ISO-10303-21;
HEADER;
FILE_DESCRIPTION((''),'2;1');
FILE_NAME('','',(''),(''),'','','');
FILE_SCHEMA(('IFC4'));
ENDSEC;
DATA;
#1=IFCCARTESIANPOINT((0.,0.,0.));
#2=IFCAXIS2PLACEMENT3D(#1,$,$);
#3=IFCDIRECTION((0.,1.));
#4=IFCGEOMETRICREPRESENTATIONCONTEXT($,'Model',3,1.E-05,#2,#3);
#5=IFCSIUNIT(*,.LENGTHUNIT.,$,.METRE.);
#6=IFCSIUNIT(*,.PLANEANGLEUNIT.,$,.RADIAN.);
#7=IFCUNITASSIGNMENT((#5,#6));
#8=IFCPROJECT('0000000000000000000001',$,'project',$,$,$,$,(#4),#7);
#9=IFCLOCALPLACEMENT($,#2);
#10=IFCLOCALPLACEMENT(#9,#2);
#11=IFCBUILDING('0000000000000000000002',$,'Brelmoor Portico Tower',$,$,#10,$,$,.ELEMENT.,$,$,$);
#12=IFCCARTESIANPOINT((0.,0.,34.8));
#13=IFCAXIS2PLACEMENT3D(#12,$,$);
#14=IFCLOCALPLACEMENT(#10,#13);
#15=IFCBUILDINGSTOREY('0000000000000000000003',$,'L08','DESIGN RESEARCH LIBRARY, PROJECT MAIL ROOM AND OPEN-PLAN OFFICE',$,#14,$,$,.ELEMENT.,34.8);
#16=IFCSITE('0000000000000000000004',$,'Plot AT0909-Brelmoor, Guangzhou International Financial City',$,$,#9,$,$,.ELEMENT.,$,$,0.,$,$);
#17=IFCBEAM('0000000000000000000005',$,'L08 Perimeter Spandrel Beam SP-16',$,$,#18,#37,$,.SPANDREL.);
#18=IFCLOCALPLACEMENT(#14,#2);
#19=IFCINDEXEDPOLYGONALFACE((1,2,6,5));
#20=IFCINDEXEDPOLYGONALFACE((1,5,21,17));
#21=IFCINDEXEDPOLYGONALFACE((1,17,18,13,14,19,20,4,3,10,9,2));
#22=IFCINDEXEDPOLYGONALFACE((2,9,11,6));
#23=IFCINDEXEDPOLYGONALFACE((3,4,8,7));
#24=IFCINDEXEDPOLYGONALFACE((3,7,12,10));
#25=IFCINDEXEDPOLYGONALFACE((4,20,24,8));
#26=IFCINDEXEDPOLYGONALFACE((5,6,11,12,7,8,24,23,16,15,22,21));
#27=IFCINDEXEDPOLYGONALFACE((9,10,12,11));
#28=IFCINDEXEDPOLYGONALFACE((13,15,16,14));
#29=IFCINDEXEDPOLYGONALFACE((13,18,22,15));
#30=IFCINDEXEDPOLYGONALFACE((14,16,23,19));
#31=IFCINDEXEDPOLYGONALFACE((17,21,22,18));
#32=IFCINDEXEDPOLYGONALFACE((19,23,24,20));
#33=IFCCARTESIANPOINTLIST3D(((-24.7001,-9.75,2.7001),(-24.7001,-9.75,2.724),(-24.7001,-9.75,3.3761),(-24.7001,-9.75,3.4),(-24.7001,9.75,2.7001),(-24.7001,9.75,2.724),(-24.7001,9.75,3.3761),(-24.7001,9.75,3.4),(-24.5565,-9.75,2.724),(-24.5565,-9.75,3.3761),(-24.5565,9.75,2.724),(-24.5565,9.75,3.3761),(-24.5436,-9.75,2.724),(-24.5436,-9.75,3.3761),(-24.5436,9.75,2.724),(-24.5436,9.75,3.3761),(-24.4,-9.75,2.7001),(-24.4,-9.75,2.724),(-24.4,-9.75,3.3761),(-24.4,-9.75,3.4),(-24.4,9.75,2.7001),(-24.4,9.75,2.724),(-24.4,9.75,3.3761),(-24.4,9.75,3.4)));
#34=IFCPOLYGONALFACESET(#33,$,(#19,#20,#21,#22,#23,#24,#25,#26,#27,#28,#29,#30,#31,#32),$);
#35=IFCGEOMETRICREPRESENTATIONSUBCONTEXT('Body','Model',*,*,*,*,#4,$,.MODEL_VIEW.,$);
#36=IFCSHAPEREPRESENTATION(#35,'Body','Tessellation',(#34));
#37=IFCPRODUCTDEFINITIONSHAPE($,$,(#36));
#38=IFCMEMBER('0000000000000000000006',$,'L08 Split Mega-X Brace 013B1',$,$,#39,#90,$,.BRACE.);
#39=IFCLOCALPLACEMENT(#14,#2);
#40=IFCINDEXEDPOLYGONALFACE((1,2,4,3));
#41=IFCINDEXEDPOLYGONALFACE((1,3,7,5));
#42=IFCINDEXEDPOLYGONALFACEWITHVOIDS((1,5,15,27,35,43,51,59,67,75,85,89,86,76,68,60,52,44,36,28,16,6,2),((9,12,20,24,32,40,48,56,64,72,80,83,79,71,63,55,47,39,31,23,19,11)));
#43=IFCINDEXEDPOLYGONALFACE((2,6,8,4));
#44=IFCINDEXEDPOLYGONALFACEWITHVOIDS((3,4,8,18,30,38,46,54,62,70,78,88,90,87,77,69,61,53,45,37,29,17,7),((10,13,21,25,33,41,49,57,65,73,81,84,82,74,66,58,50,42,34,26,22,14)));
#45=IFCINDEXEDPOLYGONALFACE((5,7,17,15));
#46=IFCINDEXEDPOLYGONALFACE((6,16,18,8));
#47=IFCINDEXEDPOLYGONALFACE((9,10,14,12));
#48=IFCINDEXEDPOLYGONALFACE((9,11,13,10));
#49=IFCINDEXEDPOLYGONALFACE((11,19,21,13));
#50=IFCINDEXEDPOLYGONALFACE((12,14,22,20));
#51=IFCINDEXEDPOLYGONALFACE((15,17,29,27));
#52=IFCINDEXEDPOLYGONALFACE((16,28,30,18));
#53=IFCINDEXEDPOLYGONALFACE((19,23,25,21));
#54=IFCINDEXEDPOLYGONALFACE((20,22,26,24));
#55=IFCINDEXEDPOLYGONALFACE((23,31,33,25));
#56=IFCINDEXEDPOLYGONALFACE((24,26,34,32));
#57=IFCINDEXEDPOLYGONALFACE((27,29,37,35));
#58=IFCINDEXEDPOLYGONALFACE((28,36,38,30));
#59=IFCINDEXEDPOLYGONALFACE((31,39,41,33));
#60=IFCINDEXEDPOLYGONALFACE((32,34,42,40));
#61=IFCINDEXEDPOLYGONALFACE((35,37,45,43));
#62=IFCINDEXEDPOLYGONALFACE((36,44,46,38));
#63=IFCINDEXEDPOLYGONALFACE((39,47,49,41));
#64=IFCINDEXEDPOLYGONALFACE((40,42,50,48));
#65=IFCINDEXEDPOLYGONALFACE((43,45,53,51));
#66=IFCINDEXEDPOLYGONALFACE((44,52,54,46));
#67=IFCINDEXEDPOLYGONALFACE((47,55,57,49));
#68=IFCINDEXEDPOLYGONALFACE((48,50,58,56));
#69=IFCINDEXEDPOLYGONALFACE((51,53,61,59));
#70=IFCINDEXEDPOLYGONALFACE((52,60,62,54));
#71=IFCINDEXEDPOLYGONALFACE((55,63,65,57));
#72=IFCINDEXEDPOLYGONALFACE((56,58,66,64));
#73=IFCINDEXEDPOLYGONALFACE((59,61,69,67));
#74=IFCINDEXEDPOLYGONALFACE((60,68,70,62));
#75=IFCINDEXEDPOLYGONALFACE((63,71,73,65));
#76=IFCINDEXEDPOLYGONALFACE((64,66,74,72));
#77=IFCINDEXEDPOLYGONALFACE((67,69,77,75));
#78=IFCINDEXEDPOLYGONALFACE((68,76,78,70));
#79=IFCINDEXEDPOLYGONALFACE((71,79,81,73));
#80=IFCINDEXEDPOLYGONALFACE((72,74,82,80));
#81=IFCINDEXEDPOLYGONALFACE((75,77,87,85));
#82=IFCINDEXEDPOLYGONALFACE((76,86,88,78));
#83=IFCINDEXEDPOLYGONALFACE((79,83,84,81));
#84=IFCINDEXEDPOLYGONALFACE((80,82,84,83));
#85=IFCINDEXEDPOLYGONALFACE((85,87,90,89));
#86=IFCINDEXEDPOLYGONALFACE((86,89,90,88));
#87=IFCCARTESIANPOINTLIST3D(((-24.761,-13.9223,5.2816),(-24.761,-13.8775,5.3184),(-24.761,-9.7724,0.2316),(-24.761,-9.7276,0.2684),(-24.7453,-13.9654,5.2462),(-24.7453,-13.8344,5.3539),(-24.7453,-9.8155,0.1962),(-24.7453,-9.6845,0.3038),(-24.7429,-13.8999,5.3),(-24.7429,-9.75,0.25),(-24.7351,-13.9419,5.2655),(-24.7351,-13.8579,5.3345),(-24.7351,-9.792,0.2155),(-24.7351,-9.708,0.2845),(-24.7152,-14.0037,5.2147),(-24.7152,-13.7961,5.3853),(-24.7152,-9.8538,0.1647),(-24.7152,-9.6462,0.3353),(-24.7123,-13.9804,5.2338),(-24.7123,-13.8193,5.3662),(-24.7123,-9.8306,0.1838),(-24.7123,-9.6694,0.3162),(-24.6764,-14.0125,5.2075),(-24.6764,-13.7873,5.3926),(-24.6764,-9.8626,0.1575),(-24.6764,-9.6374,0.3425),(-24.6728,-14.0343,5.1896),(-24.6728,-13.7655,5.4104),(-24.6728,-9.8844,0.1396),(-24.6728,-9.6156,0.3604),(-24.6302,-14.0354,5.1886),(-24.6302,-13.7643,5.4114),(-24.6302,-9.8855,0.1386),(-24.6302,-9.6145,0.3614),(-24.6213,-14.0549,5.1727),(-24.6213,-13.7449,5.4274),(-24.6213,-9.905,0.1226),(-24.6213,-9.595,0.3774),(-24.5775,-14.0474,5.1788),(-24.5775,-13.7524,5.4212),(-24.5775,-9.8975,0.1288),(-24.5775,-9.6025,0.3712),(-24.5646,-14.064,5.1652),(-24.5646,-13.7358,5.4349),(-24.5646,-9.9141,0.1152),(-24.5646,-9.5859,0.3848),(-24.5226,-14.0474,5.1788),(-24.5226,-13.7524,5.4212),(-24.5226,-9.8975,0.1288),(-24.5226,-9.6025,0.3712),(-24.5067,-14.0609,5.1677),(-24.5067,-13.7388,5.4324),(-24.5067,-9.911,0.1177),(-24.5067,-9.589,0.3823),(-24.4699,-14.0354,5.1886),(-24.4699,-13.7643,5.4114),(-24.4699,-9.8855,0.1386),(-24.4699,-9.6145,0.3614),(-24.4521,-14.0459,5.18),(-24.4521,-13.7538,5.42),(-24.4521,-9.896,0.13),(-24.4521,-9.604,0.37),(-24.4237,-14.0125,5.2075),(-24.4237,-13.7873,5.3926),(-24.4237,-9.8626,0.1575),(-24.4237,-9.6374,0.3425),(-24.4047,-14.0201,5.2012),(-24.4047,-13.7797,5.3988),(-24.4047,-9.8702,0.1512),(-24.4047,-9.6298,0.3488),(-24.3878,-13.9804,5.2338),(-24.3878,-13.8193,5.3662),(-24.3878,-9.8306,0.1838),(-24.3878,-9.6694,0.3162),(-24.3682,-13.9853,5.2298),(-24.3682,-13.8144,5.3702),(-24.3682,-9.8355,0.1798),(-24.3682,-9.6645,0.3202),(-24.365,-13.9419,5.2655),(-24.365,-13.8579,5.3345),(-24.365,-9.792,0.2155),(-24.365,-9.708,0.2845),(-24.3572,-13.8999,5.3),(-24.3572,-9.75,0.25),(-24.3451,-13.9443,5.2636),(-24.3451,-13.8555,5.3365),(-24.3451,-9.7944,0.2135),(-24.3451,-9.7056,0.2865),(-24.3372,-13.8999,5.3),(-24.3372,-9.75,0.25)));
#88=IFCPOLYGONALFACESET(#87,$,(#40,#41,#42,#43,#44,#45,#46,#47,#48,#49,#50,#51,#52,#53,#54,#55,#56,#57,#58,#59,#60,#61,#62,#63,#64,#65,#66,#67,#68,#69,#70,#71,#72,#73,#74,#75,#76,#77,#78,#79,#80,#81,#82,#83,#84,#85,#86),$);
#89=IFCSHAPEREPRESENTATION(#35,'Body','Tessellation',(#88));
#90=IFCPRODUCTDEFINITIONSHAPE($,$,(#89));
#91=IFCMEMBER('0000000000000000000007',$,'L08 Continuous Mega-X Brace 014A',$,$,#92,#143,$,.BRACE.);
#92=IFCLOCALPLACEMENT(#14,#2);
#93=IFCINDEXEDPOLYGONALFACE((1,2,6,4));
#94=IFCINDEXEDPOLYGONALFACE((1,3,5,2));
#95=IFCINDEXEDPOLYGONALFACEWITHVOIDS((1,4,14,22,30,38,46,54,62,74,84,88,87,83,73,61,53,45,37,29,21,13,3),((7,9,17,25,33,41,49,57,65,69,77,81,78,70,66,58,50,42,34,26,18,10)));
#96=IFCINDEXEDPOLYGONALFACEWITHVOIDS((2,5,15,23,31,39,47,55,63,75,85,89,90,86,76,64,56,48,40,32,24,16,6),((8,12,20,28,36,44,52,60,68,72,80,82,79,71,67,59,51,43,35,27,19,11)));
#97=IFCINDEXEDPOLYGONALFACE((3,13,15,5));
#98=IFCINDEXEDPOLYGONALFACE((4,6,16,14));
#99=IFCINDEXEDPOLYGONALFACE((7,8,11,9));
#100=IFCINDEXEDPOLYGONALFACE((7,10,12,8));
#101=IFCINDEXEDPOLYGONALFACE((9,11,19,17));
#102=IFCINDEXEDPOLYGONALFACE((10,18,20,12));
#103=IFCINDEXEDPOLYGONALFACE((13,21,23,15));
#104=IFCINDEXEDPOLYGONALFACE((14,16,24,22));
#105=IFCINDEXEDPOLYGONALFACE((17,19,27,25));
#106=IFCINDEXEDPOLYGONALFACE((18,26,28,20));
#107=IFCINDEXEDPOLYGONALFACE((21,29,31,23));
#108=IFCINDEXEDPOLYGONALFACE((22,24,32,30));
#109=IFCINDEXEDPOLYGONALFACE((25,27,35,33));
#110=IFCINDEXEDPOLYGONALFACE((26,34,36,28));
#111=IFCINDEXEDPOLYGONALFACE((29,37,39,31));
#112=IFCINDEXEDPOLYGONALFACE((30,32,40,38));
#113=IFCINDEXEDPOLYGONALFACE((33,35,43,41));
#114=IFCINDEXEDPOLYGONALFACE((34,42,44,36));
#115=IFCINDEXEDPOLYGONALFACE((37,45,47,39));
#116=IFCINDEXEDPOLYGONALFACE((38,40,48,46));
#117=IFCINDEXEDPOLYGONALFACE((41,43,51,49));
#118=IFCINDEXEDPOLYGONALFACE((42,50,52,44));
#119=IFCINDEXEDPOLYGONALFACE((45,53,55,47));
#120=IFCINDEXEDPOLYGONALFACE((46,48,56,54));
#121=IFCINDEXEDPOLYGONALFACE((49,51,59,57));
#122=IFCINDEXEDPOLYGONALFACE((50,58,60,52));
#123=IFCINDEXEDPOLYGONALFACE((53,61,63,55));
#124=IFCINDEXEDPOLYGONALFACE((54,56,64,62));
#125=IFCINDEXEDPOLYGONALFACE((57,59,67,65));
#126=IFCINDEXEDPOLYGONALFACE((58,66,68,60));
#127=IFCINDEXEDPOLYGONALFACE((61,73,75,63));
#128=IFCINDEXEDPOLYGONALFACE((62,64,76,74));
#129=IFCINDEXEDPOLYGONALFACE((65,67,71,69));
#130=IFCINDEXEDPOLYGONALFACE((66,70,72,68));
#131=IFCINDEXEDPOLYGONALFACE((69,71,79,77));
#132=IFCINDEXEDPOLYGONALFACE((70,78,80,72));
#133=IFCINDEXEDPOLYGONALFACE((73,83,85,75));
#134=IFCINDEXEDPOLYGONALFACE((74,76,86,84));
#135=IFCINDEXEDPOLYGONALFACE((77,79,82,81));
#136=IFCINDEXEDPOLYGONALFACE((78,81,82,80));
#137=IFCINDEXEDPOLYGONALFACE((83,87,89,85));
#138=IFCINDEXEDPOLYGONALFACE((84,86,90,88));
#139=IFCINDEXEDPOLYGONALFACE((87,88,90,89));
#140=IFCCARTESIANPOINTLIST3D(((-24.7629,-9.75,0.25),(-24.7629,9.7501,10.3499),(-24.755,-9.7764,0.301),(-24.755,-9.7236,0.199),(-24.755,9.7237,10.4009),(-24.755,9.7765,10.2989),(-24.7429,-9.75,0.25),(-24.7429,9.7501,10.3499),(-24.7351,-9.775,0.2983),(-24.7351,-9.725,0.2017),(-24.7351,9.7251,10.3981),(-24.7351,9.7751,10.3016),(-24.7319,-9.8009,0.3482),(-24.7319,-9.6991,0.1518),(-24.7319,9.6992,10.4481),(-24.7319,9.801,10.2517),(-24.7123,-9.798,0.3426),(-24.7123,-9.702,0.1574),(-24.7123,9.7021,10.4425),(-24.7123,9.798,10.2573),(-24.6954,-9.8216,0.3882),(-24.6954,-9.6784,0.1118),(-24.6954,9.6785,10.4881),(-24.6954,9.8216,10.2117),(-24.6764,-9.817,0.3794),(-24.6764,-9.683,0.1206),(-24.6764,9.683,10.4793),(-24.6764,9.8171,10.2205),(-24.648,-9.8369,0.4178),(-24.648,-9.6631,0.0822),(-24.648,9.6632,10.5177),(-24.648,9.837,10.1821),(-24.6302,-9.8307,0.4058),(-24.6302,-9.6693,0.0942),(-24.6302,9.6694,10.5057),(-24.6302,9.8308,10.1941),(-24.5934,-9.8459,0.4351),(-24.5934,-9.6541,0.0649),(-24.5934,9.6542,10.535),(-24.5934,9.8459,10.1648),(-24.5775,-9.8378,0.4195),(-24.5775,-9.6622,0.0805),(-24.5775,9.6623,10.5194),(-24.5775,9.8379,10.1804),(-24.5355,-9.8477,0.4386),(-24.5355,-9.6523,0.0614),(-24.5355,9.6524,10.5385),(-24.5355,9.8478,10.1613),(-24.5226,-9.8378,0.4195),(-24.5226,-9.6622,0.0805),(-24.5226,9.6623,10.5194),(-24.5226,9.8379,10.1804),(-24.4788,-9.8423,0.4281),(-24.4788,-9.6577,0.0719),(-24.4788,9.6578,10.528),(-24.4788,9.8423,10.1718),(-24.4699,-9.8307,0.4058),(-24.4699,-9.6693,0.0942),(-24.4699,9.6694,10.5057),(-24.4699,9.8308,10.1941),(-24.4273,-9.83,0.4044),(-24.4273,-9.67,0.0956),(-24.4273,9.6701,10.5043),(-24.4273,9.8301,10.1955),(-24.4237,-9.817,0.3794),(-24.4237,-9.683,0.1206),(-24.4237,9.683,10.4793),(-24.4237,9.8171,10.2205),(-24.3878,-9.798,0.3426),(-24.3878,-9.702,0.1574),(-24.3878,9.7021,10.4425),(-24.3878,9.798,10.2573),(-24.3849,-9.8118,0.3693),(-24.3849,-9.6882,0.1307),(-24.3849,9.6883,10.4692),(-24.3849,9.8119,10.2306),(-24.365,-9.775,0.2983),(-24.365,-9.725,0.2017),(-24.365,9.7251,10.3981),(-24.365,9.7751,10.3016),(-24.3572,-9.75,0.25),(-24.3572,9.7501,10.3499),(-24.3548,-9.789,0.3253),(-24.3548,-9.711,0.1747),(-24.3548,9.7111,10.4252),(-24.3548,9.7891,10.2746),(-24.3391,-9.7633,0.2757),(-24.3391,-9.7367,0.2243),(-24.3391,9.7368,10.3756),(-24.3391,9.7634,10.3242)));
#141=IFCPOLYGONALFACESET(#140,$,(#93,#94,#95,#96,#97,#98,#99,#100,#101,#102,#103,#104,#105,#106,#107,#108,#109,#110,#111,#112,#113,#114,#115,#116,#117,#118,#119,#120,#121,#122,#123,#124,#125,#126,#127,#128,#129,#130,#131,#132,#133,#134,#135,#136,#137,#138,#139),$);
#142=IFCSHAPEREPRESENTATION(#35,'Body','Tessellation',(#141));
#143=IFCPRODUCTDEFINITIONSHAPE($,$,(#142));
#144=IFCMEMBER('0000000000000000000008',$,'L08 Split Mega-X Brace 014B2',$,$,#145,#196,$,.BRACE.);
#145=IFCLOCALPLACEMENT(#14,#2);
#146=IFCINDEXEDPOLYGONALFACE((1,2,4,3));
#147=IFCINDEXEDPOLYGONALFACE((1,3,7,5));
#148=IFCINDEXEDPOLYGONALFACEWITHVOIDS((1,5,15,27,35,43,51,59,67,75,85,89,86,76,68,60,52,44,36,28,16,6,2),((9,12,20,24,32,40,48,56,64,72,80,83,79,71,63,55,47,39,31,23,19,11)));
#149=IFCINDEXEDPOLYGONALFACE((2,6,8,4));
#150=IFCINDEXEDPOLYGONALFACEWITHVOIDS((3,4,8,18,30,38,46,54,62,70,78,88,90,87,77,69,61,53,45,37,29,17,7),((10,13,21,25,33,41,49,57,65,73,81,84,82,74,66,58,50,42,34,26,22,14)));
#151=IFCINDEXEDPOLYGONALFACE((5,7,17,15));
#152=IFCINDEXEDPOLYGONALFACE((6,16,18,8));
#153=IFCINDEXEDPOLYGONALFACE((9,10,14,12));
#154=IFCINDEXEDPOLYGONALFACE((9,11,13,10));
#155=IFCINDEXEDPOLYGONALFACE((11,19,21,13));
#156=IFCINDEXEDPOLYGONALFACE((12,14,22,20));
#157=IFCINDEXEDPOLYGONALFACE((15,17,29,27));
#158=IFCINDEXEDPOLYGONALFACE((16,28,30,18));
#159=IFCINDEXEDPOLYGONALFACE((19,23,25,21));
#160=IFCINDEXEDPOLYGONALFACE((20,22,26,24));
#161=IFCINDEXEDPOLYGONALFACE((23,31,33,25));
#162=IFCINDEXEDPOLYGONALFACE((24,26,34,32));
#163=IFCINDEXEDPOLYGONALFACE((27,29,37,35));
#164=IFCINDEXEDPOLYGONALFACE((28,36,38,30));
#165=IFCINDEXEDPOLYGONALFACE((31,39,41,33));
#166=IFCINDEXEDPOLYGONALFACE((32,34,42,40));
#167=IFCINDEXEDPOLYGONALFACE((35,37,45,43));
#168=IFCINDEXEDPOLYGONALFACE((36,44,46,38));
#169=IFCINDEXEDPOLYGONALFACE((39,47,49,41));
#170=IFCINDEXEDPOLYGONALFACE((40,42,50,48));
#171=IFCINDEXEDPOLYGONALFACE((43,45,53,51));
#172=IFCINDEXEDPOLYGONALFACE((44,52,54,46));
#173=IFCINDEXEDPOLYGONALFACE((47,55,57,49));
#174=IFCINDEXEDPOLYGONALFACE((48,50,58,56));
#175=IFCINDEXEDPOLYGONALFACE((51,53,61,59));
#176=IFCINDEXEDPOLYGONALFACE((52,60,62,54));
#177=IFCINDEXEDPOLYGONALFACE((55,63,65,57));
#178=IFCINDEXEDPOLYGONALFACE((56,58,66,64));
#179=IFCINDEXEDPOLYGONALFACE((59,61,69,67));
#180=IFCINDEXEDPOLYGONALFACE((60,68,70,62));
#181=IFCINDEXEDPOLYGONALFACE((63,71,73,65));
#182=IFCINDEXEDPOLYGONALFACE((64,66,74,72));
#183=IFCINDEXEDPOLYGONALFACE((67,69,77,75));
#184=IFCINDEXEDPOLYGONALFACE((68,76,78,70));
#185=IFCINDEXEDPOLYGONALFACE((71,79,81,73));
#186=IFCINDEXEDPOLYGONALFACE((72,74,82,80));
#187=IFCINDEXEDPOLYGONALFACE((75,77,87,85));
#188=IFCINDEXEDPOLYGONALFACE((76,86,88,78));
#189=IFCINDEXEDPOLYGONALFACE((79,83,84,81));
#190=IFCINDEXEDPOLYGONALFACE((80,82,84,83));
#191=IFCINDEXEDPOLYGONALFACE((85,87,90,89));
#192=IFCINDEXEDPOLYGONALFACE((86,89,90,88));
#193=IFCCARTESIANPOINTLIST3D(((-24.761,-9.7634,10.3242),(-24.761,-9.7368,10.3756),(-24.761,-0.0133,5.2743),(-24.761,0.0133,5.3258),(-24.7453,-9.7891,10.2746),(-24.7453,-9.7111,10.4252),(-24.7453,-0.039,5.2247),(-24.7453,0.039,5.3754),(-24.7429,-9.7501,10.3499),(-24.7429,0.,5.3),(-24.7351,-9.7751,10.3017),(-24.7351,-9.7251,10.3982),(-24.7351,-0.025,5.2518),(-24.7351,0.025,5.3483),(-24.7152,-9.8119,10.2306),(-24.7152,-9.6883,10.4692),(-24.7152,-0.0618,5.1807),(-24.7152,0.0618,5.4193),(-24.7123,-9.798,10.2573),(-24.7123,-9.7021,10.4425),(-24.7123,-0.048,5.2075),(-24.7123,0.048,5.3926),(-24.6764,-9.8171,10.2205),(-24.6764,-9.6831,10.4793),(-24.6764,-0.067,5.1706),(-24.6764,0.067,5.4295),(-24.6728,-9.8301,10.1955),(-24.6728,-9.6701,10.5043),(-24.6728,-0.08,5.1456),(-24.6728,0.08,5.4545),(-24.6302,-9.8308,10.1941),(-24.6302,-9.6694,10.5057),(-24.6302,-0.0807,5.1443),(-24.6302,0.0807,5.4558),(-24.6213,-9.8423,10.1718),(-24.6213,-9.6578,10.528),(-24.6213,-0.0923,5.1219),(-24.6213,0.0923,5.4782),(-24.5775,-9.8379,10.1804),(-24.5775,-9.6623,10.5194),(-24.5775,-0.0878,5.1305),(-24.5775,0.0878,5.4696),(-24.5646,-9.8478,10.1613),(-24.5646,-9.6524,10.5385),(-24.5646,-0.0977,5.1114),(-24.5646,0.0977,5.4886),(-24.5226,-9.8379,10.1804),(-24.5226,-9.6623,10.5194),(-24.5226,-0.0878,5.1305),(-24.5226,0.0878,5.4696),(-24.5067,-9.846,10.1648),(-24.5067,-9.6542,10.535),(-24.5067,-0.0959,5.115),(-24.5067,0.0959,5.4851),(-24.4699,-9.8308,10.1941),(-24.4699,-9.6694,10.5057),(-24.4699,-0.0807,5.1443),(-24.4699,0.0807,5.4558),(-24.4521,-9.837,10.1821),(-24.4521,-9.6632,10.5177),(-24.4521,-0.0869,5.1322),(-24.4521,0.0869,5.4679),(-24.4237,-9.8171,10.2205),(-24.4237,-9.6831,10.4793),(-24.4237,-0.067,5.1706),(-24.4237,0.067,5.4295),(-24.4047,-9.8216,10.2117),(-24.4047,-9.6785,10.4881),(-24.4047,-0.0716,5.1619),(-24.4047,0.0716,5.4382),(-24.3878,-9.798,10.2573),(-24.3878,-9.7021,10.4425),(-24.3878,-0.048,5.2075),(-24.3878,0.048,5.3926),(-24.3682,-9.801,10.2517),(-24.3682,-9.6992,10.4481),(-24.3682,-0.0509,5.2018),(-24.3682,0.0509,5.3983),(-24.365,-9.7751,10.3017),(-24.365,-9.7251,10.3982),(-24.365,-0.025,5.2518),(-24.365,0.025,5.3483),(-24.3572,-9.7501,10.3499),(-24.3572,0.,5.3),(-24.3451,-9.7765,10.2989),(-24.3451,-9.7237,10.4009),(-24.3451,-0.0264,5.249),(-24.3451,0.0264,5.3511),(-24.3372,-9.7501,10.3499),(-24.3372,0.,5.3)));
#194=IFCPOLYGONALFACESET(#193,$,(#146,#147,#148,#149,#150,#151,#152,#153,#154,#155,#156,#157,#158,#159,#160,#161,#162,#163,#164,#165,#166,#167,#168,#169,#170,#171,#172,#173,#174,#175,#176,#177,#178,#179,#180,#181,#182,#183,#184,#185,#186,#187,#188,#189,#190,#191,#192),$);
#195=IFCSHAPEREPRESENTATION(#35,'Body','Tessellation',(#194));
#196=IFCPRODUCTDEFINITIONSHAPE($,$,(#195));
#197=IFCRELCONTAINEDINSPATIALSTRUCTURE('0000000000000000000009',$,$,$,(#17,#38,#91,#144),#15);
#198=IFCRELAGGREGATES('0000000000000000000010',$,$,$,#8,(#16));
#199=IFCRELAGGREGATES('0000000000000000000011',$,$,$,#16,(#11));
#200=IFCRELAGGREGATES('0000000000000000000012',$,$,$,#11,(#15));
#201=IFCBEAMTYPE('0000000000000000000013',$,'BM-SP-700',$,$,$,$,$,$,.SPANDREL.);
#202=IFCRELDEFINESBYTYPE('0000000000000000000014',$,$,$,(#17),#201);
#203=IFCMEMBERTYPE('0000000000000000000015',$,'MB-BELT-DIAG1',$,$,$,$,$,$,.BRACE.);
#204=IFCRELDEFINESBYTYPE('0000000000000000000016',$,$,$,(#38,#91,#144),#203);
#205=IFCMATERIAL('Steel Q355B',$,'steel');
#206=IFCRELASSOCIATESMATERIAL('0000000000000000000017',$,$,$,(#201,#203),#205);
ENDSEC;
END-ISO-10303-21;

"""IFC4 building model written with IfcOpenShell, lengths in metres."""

from ifc_helpers import new_model, si_unit, direction, frame, origin, origin_2d, place, context, subcontext, project, spatial, hollow_circle, i_section, extrude, material, material_profile, profile_set, type_object, element, save


model = new_model("IFC4")

# Units and contexts
model_context = context("Model", 3, precision=1e-05, world=origin(), true_north=direction((0.0, 1.0)))
body_context = subcontext(model_context, "Body", "Model", "MODEL_VIEW")
ifc_project = project(units=[si_unit("LENGTHUNIT", "METRE"), si_unit("PLANEANGLEUNIT", "RADIAN")], contexts=[model_context])

# Site, building, storey
site_placement = place(None, origin())
site = spatial("IfcSite", under=ifc_project, at=site_placement, Name="Plot AT0909-Brelmoor, Guangzhou International Financial City", CompositionType="ELEMENT", RefElevation=0.0)
building_placement = place(site_placement, origin())
building = spatial("IfcBuilding", under=site, at=building_placement, Name="Brelmoor Portico Tower", CompositionType="ELEMENT")
storey_placement = place(building_placement, frame((0.0, 0.0, 34.8)))
storey = spatial("IfcBuildingStorey", under=building, at=storey_placement, Name="L08", Description="DESIGN RESEARCH LIBRARY, PROJECT MAIL ROOM AND OPEN-PLAN OFFICE", CompositionType="ELEMENT", Elevation=34.8)

# Beam
ifc_material_1 = material(Name="Steel Q355B", Category="steel")
ifc_material_profile_1 = material_profile(ifc_material_1, i_section(OverallWidth=0.3, OverallDepth=0.7, WebThickness=0.0129, FlangeThickness=0.0239, at=origin_2d()), Name="HN 700x300x13x24")
ifc_profile_set_1 = profile_set([ifc_material_profile_1], Name="Steel Q355B")
beam_type_1 = type_object("IfcBeamType", Name="BM-SP-700", PredefinedType="SPANDREL", material=ifc_profile_set_1)
beam_1_placement = place(storey_placement, frame((-24.55, -9.75, 3.05), z_axis=(0.0, 1.0, 0.0), x_axis=(-1.0, 0.0, 0.0)))
element("IfcBeam", 1, at=beam_1_placement, inside=storey, type_object=beam_type_1, Name="L08 Perimeter Spandrel Beam SP-16", PredefinedType="SPANDREL", context=body_context, shape_type="SweptSolid", body=[
    extrude(i_section(OverallWidth=0.3, OverallDepth=0.7, WebThickness=0.0129, FlangeThickness=0.0239, at=origin_2d()), origin(), (0.0, 0.0, 1.0), 19.5),
])

# Members
ifc_material_profile_2 = material_profile(ifc_material_1, hollow_circle(Radius=0.2129, WallThickness=0.02, at=origin_2d()), Name="CHS 426x20")
ifc_profile_set_2 = profile_set([ifc_material_profile_2], Name="Steel Q355B")
member_type_1 = type_object("IfcMemberType", Name="MB-BELT-DIAG1", PredefinedType="BRACE", material=ifc_profile_set_2)
member_1_placement = place(storey_placement, frame((-24.55, -9.75, 0.25), z_axis=(0.0, -0.63489, 0.772603), x_axis=(1.0, 0.0, 0.0)))
element("IfcMember", 2, at=member_1_placement, inside=storey, type_object=member_type_1, Name="L08 Split Mega-X Brace 013B1", PredefinedType="BRACE", context=body_context, shape_type="SweptSolid", body=[
    extrude(hollow_circle(Radius=0.2129, WallThickness=0.02, at=origin_2d()), origin(), (0.0, 0.0, 1.0), 6.5364),
])
member_2_placement = place(storey_placement, frame((-24.55, -9.75, 0.25), z_axis=(0.0, 0.887964, 0.459913), x_axis=(-1.0, 0.0, 0.0)))
element("IfcMember", 3, at=member_2_placement, inside=storey, type_object=member_type_1, Name="L08 Continuous Mega-X Brace 014A", PredefinedType="BRACE", context=body_context, shape_type="SweptSolid", body=[
    extrude(hollow_circle(Radius=0.2129, WallThickness=0.02, at=origin_2d()), origin(), (0.0, 0.0, 1.0), 21.9604),
])
member_3_placement = place(storey_placement, frame((-24.55, 0.0, 5.3), z_axis=(0.0, -0.887968, 0.459904), x_axis=(1.0, 0.0, 0.0)))
element("IfcMember", 4, at=member_3_placement, inside=storey, type_object=member_type_1, Name="L08 Split Mega-X Brace 014B2", PredefinedType="BRACE", context=body_context, shape_type="SweptSolid", body=[
    extrude(hollow_circle(Radius=0.2129, WallThickness=0.02, at=origin_2d()), origin(), (0.0, 0.0, 1.0), 10.9802),
])

save(model, "model.ifc")
